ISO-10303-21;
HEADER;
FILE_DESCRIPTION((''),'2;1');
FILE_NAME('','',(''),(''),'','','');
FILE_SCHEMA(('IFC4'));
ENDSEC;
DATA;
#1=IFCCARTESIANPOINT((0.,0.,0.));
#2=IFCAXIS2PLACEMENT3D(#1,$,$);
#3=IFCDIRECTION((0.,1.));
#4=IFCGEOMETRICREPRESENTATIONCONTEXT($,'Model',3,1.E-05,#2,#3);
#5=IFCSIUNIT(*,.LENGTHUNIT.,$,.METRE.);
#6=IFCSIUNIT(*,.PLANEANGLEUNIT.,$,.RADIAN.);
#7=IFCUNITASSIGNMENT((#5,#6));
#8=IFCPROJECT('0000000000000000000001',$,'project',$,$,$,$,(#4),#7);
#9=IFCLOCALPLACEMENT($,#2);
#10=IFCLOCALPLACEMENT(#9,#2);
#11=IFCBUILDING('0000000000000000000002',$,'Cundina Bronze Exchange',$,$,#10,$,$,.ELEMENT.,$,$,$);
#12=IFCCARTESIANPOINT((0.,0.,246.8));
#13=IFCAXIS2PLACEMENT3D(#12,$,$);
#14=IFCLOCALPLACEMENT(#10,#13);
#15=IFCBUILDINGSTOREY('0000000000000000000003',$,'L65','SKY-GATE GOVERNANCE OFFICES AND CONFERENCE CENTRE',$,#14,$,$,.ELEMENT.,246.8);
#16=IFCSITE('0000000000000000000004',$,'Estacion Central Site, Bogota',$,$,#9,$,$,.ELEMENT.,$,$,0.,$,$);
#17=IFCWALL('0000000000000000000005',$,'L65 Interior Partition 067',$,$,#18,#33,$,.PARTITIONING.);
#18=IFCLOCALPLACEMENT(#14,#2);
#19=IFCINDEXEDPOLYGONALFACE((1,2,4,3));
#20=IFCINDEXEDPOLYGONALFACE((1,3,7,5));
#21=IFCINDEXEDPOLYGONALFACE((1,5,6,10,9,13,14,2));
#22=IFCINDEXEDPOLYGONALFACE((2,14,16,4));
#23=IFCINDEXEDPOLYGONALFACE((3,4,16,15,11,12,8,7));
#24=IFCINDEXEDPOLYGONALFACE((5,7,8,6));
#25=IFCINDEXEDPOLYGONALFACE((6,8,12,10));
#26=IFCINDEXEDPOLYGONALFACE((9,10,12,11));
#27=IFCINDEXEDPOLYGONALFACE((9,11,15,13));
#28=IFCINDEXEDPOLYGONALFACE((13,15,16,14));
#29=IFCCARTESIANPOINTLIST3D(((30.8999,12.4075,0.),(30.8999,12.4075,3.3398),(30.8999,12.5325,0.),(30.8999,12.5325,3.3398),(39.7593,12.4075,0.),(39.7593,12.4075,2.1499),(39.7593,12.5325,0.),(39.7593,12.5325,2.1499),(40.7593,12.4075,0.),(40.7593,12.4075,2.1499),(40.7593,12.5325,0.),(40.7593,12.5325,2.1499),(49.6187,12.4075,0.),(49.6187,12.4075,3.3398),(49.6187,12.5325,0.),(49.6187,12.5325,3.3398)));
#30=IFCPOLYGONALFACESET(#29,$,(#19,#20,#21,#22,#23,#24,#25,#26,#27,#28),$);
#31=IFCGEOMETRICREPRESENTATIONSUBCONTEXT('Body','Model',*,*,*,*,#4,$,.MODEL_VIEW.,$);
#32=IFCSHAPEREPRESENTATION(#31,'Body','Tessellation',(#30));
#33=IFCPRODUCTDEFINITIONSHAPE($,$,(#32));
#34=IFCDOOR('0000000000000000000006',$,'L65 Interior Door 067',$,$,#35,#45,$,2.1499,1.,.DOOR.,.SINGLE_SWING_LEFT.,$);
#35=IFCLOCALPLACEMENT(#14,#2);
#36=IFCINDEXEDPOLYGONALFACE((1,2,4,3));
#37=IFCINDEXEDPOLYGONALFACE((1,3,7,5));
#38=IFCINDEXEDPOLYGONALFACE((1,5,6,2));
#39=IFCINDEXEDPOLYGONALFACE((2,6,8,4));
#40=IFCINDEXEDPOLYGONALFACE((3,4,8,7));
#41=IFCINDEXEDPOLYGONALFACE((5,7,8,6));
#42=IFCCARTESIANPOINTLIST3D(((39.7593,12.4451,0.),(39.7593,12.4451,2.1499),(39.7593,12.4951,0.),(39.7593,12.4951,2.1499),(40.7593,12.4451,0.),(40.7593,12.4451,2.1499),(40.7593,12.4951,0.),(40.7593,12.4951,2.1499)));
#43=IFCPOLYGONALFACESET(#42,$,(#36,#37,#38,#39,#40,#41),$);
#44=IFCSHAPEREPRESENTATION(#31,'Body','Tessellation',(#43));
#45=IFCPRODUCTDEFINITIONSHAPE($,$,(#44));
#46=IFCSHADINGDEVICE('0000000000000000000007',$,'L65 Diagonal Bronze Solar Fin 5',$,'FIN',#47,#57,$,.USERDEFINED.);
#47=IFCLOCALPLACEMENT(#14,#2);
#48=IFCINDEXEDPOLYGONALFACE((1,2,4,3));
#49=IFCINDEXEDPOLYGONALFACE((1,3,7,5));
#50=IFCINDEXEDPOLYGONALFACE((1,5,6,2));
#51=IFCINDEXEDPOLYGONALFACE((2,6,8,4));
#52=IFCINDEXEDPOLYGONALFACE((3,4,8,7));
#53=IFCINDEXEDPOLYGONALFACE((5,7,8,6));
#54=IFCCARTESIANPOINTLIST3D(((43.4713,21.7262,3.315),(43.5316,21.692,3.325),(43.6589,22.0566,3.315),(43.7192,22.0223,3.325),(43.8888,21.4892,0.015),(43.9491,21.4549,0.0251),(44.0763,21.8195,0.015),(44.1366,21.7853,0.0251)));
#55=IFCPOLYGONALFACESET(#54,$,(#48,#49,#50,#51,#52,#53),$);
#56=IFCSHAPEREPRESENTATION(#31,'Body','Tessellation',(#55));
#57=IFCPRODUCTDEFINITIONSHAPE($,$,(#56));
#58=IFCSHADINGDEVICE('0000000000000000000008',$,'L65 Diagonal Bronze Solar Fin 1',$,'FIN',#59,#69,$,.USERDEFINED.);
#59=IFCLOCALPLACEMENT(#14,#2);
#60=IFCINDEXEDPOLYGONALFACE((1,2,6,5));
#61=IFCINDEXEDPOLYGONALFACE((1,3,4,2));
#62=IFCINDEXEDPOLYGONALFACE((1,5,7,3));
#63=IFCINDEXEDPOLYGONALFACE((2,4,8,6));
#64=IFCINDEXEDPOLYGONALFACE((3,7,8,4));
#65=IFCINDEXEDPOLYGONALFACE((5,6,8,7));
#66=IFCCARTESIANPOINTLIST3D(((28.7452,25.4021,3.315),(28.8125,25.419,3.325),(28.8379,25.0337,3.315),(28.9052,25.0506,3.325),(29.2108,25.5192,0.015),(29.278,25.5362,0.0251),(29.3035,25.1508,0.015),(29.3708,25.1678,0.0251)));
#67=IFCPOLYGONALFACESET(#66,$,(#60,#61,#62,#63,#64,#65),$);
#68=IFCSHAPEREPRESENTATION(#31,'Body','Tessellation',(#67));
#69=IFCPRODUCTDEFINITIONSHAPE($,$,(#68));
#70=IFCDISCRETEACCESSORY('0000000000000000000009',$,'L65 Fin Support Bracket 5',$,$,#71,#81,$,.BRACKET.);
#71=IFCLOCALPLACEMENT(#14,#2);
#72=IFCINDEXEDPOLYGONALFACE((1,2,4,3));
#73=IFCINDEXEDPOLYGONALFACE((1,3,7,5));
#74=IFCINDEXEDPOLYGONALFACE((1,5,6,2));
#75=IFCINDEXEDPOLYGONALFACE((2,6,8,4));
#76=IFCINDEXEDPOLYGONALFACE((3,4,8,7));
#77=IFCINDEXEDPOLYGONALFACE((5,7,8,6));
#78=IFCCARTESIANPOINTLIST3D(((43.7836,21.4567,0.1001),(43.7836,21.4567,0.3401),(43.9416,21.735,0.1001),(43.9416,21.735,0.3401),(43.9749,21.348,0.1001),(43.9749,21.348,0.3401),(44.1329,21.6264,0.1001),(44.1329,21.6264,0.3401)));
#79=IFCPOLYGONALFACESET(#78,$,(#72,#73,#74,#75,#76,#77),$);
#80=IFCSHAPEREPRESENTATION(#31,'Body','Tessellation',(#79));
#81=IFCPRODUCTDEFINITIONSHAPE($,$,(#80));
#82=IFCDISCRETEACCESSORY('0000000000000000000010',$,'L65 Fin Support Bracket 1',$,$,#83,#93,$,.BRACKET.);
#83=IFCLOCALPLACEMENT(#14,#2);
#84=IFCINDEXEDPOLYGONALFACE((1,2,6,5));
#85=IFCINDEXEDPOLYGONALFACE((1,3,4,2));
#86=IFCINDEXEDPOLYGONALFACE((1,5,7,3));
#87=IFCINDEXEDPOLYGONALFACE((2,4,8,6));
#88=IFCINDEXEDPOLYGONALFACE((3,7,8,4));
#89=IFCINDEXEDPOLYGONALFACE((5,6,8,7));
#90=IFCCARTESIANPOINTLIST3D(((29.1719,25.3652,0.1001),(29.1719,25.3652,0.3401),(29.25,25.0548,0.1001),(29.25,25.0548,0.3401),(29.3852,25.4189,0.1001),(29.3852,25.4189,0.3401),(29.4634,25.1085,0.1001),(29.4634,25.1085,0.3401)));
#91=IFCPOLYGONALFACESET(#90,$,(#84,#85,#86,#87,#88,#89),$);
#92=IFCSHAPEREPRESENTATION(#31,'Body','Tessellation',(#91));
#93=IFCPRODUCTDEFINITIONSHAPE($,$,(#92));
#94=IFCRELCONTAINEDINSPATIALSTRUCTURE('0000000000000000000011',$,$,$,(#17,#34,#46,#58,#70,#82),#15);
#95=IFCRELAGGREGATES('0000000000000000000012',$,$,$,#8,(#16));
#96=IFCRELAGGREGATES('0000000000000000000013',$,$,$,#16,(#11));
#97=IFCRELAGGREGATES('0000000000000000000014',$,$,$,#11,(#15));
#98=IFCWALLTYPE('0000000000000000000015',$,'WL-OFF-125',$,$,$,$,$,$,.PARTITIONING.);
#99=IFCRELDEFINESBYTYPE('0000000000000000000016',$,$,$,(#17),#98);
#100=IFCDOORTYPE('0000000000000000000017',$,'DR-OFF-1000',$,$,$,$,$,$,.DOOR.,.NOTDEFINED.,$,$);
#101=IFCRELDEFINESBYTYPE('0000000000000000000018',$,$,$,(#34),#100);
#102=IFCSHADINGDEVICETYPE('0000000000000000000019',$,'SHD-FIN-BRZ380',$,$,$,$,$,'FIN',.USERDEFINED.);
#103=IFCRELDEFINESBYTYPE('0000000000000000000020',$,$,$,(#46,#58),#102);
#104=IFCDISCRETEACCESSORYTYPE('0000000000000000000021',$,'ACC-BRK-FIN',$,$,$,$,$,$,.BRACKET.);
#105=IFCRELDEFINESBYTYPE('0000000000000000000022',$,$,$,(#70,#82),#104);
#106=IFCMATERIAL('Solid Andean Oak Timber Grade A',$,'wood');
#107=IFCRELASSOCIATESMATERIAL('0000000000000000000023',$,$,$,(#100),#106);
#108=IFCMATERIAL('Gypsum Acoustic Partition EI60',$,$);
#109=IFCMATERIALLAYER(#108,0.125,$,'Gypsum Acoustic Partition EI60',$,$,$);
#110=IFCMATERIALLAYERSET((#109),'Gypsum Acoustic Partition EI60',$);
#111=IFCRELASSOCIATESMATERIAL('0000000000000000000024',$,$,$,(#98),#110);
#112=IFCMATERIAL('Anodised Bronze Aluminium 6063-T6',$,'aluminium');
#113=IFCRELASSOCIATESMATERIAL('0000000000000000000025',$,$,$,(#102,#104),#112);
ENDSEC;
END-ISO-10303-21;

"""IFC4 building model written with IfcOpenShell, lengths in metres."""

from ifc_helpers import new_model, si_unit, direction, frame, frame_2d, origin, origin_2d, place, context, subcontext, project, spatial, rectangle, extrude, material, layer, layer_set, material_profile, profile_set, type_object, element, fill, save


model = new_model("IFC4")

# Units and contexts
model_context = context("Model", 3, precision=1e-05, world=origin(), true_north=direction((0.0, 1.0)))
body_context = subcontext(model_context, "Body", "Model", "MODEL_VIEW")
ifc_project = project(units=[si_unit("LENGTHUNIT", "METRE"), si_unit("PLANEANGLEUNIT", "RADIAN")], contexts=[model_context])

# Site, building, storey
site_placement = place(None, origin())
site = spatial("IfcSite", under=ifc_project, at=site_placement, Name="Estacion Central Site, Bogota", CompositionType="ELEMENT", RefElevation=0.0)
building_placement = place(site_placement, origin())
building = spatial("IfcBuilding", under=site, at=building_placement, Name="Cundina Bronze Exchange", CompositionType="ELEMENT")
storey_placement = place(building_placement, frame((0.0, 0.0, 246.8)))
storey = spatial("IfcBuildingStorey", under=building, at=storey_placement, Name="L65", Description="SKY-GATE GOVERNANCE OFFICES AND CONFERENCE CENTRE", CompositionType="ELEMENT", Elevation=246.8)

# Shared definitions
ifc_material_1 = material(Name="Anodised Bronze Aluminium 6063-T6", Category="aluminium")

# Shared definitions
ifc_material_2 = material(Name="Solid Andean Oak Timber Grade A", Category="wood")
door_type = type_object("IfcDoorType", Name="DR-OFF-1000", OperationType="NOTDEFINED", PredefinedType="DOOR", material=ifc_material_2)

# Wall, opening, door
ifc_material_3 = material(Name="Gypsum Acoustic Partition EI60")
ifc_layer_1 = layer(ifc_material_3, 0.125, Name="Gypsum Acoustic Partition EI60")
ifc_layer_set_1 = layer_set([ifc_layer_1], Name="Gypsum Acoustic Partition EI60")
wall_type_1 = type_object("IfcWallType", Name="WL-OFF-125", PredefinedType="PARTITIONING", material=ifc_layer_set_1)
wall_1_placement = place(storey_placement, frame((49.6187, 12.47, 0.0), z_axis=(0.0, 0.0, 1.0), x_axis=(-1.0, 0.0, 0.0)))
wall_1 = element("IfcWall", 1, at=wall_1_placement, inside=storey, type_object=wall_type_1, Name="L65 Interior Partition 067", PredefinedType="PARTITIONING", context=body_context, shape_type="SweptSolid", body=[
    extrude(rectangle(XDim=18.7188, YDim=0.125, at=frame_2d((9.3594, 0.0))), origin(), (0.0, 0.0, 1.0), 3.3398),
])
opening_1_placement = place(wall_1_placement, frame((8.8594, 0.0, 0.0)))
opening_1 = element("IfcOpeningElement", 2, at=opening_1_placement, cuts=wall_1, PredefinedType="OPENING", context=body_context, shape_type="SweptSolid", body=[
    extrude(rectangle(XDim=1.0, YDim=2.1499, at=frame_2d((0.5, 1.075))), frame((0.0, 0.0725, 0.0), z_axis=(0.0, -1.0, 0.0), x_axis=(1.0, 0.0, 0.0)), (0.0, 0.0, 1.0), 0.145),
])
door_1_placement = place(opening_1_placement, origin())
door_1 = element("IfcDoor", 3, at=door_1_placement, inside=storey, type_object=door_type, Name="L65 Interior Door 067", OperationType="SINGLE_SWING_LEFT", OverallHeight=2.1499, OverallWidth=1.0, PredefinedType="DOOR", context=body_context, shape_type="SweptSolid", body=[
    extrude(rectangle(XDim=1.0, YDim=2.1499, at=frame_2d((0.5, 1.075))), frame((0.0, 0.0249, 0.0), z_axis=(0.0, -1.0, 0.0), x_axis=(1.0, 0.0, 0.0)), (0.0, 0.0, 1.0), 0.05),
])
fill(opening_1, door_1)

# Shading devices
ifc_material_profile_1 = material_profile(ifc_material_1, rectangle(XDim=0.0701, YDim=0.3799, at=origin_2d()), Name="FIN70X380", Category="aluminium")
ifc_profile_set_1 = profile_set([ifc_material_profile_1], Name="Anodised Bronze Aluminium 6063-T6")
shading_device_type = type_object("IfcShadingDeviceType", Name="SHD-FIN-BRZ380", ElementType="FIN", PredefinedType="USERDEFINED", material=ifc_profile_set_1)
for number, where, z_axis, x_axis, name in (
    (4, (44.0127, 21.6372, 0.02), (-0.12519, 0.071087, 0.989583), (0.860527, -0.488638, 0.143965), "L65 Diagonal Bronze Solar Fin 5"),
    (5, (29.2908, 25.3435, 0.02), (-0.139612, -0.035141, 0.989583), (0.95965, 0.241548, 0.143967), "L65 Diagonal Bronze Solar Fin 1"),
):
    element("IfcShadingDevice", number, at=place(storey_placement, frame(where, z_axis=z_axis, x_axis=x_axis)), inside=storey, type_object=shading_device_type, Name=name, ObjectType="FIN", PredefinedType="USERDEFINED", context=body_context, shape_type="SweptSolid", body=[
        extrude(rectangle(XDim=0.0701, YDim=0.3799, at=origin_2d()), origin(), (0.0, 0.0, 1.0), 3.3347),
    ])

# Discrete accessories
discrete_accessory_type = type_object("IfcDiscreteAccessoryType", Name="ACC-BRK-FIN", PredefinedType="BRACKET", material=ifc_material_1)
for number, where, z_axis, x_axis, name in (
    (6, (43.9583, 21.5415, 0.1001), (0.0, 0.0, 1.0), (-0.869573, 0.493805, 0.0), "L65 Fin Support Bracket 5"),
    (7, (29.3176, 25.2368, 0.1001), (0.0, 0.0, 1.0), (-0.969732, -0.244174, 0.0), "L65 Fin Support Bracket 1"),
):
    element("IfcDiscreteAccessory", number, at=place(storey_placement, frame(where, z_axis=z_axis, x_axis=x_axis)), inside=storey, type_object=discrete_accessory_type, Name=name, PredefinedType="BRACKET", context=body_context, shape_type="SweptSolid", body=[
        extrude(rectangle(XDim=0.22, YDim=0.3201, at=origin_2d()), origin(), (0.0, 0.0, 1.0), 0.24),
    ])

save(model, "model.ifc")
